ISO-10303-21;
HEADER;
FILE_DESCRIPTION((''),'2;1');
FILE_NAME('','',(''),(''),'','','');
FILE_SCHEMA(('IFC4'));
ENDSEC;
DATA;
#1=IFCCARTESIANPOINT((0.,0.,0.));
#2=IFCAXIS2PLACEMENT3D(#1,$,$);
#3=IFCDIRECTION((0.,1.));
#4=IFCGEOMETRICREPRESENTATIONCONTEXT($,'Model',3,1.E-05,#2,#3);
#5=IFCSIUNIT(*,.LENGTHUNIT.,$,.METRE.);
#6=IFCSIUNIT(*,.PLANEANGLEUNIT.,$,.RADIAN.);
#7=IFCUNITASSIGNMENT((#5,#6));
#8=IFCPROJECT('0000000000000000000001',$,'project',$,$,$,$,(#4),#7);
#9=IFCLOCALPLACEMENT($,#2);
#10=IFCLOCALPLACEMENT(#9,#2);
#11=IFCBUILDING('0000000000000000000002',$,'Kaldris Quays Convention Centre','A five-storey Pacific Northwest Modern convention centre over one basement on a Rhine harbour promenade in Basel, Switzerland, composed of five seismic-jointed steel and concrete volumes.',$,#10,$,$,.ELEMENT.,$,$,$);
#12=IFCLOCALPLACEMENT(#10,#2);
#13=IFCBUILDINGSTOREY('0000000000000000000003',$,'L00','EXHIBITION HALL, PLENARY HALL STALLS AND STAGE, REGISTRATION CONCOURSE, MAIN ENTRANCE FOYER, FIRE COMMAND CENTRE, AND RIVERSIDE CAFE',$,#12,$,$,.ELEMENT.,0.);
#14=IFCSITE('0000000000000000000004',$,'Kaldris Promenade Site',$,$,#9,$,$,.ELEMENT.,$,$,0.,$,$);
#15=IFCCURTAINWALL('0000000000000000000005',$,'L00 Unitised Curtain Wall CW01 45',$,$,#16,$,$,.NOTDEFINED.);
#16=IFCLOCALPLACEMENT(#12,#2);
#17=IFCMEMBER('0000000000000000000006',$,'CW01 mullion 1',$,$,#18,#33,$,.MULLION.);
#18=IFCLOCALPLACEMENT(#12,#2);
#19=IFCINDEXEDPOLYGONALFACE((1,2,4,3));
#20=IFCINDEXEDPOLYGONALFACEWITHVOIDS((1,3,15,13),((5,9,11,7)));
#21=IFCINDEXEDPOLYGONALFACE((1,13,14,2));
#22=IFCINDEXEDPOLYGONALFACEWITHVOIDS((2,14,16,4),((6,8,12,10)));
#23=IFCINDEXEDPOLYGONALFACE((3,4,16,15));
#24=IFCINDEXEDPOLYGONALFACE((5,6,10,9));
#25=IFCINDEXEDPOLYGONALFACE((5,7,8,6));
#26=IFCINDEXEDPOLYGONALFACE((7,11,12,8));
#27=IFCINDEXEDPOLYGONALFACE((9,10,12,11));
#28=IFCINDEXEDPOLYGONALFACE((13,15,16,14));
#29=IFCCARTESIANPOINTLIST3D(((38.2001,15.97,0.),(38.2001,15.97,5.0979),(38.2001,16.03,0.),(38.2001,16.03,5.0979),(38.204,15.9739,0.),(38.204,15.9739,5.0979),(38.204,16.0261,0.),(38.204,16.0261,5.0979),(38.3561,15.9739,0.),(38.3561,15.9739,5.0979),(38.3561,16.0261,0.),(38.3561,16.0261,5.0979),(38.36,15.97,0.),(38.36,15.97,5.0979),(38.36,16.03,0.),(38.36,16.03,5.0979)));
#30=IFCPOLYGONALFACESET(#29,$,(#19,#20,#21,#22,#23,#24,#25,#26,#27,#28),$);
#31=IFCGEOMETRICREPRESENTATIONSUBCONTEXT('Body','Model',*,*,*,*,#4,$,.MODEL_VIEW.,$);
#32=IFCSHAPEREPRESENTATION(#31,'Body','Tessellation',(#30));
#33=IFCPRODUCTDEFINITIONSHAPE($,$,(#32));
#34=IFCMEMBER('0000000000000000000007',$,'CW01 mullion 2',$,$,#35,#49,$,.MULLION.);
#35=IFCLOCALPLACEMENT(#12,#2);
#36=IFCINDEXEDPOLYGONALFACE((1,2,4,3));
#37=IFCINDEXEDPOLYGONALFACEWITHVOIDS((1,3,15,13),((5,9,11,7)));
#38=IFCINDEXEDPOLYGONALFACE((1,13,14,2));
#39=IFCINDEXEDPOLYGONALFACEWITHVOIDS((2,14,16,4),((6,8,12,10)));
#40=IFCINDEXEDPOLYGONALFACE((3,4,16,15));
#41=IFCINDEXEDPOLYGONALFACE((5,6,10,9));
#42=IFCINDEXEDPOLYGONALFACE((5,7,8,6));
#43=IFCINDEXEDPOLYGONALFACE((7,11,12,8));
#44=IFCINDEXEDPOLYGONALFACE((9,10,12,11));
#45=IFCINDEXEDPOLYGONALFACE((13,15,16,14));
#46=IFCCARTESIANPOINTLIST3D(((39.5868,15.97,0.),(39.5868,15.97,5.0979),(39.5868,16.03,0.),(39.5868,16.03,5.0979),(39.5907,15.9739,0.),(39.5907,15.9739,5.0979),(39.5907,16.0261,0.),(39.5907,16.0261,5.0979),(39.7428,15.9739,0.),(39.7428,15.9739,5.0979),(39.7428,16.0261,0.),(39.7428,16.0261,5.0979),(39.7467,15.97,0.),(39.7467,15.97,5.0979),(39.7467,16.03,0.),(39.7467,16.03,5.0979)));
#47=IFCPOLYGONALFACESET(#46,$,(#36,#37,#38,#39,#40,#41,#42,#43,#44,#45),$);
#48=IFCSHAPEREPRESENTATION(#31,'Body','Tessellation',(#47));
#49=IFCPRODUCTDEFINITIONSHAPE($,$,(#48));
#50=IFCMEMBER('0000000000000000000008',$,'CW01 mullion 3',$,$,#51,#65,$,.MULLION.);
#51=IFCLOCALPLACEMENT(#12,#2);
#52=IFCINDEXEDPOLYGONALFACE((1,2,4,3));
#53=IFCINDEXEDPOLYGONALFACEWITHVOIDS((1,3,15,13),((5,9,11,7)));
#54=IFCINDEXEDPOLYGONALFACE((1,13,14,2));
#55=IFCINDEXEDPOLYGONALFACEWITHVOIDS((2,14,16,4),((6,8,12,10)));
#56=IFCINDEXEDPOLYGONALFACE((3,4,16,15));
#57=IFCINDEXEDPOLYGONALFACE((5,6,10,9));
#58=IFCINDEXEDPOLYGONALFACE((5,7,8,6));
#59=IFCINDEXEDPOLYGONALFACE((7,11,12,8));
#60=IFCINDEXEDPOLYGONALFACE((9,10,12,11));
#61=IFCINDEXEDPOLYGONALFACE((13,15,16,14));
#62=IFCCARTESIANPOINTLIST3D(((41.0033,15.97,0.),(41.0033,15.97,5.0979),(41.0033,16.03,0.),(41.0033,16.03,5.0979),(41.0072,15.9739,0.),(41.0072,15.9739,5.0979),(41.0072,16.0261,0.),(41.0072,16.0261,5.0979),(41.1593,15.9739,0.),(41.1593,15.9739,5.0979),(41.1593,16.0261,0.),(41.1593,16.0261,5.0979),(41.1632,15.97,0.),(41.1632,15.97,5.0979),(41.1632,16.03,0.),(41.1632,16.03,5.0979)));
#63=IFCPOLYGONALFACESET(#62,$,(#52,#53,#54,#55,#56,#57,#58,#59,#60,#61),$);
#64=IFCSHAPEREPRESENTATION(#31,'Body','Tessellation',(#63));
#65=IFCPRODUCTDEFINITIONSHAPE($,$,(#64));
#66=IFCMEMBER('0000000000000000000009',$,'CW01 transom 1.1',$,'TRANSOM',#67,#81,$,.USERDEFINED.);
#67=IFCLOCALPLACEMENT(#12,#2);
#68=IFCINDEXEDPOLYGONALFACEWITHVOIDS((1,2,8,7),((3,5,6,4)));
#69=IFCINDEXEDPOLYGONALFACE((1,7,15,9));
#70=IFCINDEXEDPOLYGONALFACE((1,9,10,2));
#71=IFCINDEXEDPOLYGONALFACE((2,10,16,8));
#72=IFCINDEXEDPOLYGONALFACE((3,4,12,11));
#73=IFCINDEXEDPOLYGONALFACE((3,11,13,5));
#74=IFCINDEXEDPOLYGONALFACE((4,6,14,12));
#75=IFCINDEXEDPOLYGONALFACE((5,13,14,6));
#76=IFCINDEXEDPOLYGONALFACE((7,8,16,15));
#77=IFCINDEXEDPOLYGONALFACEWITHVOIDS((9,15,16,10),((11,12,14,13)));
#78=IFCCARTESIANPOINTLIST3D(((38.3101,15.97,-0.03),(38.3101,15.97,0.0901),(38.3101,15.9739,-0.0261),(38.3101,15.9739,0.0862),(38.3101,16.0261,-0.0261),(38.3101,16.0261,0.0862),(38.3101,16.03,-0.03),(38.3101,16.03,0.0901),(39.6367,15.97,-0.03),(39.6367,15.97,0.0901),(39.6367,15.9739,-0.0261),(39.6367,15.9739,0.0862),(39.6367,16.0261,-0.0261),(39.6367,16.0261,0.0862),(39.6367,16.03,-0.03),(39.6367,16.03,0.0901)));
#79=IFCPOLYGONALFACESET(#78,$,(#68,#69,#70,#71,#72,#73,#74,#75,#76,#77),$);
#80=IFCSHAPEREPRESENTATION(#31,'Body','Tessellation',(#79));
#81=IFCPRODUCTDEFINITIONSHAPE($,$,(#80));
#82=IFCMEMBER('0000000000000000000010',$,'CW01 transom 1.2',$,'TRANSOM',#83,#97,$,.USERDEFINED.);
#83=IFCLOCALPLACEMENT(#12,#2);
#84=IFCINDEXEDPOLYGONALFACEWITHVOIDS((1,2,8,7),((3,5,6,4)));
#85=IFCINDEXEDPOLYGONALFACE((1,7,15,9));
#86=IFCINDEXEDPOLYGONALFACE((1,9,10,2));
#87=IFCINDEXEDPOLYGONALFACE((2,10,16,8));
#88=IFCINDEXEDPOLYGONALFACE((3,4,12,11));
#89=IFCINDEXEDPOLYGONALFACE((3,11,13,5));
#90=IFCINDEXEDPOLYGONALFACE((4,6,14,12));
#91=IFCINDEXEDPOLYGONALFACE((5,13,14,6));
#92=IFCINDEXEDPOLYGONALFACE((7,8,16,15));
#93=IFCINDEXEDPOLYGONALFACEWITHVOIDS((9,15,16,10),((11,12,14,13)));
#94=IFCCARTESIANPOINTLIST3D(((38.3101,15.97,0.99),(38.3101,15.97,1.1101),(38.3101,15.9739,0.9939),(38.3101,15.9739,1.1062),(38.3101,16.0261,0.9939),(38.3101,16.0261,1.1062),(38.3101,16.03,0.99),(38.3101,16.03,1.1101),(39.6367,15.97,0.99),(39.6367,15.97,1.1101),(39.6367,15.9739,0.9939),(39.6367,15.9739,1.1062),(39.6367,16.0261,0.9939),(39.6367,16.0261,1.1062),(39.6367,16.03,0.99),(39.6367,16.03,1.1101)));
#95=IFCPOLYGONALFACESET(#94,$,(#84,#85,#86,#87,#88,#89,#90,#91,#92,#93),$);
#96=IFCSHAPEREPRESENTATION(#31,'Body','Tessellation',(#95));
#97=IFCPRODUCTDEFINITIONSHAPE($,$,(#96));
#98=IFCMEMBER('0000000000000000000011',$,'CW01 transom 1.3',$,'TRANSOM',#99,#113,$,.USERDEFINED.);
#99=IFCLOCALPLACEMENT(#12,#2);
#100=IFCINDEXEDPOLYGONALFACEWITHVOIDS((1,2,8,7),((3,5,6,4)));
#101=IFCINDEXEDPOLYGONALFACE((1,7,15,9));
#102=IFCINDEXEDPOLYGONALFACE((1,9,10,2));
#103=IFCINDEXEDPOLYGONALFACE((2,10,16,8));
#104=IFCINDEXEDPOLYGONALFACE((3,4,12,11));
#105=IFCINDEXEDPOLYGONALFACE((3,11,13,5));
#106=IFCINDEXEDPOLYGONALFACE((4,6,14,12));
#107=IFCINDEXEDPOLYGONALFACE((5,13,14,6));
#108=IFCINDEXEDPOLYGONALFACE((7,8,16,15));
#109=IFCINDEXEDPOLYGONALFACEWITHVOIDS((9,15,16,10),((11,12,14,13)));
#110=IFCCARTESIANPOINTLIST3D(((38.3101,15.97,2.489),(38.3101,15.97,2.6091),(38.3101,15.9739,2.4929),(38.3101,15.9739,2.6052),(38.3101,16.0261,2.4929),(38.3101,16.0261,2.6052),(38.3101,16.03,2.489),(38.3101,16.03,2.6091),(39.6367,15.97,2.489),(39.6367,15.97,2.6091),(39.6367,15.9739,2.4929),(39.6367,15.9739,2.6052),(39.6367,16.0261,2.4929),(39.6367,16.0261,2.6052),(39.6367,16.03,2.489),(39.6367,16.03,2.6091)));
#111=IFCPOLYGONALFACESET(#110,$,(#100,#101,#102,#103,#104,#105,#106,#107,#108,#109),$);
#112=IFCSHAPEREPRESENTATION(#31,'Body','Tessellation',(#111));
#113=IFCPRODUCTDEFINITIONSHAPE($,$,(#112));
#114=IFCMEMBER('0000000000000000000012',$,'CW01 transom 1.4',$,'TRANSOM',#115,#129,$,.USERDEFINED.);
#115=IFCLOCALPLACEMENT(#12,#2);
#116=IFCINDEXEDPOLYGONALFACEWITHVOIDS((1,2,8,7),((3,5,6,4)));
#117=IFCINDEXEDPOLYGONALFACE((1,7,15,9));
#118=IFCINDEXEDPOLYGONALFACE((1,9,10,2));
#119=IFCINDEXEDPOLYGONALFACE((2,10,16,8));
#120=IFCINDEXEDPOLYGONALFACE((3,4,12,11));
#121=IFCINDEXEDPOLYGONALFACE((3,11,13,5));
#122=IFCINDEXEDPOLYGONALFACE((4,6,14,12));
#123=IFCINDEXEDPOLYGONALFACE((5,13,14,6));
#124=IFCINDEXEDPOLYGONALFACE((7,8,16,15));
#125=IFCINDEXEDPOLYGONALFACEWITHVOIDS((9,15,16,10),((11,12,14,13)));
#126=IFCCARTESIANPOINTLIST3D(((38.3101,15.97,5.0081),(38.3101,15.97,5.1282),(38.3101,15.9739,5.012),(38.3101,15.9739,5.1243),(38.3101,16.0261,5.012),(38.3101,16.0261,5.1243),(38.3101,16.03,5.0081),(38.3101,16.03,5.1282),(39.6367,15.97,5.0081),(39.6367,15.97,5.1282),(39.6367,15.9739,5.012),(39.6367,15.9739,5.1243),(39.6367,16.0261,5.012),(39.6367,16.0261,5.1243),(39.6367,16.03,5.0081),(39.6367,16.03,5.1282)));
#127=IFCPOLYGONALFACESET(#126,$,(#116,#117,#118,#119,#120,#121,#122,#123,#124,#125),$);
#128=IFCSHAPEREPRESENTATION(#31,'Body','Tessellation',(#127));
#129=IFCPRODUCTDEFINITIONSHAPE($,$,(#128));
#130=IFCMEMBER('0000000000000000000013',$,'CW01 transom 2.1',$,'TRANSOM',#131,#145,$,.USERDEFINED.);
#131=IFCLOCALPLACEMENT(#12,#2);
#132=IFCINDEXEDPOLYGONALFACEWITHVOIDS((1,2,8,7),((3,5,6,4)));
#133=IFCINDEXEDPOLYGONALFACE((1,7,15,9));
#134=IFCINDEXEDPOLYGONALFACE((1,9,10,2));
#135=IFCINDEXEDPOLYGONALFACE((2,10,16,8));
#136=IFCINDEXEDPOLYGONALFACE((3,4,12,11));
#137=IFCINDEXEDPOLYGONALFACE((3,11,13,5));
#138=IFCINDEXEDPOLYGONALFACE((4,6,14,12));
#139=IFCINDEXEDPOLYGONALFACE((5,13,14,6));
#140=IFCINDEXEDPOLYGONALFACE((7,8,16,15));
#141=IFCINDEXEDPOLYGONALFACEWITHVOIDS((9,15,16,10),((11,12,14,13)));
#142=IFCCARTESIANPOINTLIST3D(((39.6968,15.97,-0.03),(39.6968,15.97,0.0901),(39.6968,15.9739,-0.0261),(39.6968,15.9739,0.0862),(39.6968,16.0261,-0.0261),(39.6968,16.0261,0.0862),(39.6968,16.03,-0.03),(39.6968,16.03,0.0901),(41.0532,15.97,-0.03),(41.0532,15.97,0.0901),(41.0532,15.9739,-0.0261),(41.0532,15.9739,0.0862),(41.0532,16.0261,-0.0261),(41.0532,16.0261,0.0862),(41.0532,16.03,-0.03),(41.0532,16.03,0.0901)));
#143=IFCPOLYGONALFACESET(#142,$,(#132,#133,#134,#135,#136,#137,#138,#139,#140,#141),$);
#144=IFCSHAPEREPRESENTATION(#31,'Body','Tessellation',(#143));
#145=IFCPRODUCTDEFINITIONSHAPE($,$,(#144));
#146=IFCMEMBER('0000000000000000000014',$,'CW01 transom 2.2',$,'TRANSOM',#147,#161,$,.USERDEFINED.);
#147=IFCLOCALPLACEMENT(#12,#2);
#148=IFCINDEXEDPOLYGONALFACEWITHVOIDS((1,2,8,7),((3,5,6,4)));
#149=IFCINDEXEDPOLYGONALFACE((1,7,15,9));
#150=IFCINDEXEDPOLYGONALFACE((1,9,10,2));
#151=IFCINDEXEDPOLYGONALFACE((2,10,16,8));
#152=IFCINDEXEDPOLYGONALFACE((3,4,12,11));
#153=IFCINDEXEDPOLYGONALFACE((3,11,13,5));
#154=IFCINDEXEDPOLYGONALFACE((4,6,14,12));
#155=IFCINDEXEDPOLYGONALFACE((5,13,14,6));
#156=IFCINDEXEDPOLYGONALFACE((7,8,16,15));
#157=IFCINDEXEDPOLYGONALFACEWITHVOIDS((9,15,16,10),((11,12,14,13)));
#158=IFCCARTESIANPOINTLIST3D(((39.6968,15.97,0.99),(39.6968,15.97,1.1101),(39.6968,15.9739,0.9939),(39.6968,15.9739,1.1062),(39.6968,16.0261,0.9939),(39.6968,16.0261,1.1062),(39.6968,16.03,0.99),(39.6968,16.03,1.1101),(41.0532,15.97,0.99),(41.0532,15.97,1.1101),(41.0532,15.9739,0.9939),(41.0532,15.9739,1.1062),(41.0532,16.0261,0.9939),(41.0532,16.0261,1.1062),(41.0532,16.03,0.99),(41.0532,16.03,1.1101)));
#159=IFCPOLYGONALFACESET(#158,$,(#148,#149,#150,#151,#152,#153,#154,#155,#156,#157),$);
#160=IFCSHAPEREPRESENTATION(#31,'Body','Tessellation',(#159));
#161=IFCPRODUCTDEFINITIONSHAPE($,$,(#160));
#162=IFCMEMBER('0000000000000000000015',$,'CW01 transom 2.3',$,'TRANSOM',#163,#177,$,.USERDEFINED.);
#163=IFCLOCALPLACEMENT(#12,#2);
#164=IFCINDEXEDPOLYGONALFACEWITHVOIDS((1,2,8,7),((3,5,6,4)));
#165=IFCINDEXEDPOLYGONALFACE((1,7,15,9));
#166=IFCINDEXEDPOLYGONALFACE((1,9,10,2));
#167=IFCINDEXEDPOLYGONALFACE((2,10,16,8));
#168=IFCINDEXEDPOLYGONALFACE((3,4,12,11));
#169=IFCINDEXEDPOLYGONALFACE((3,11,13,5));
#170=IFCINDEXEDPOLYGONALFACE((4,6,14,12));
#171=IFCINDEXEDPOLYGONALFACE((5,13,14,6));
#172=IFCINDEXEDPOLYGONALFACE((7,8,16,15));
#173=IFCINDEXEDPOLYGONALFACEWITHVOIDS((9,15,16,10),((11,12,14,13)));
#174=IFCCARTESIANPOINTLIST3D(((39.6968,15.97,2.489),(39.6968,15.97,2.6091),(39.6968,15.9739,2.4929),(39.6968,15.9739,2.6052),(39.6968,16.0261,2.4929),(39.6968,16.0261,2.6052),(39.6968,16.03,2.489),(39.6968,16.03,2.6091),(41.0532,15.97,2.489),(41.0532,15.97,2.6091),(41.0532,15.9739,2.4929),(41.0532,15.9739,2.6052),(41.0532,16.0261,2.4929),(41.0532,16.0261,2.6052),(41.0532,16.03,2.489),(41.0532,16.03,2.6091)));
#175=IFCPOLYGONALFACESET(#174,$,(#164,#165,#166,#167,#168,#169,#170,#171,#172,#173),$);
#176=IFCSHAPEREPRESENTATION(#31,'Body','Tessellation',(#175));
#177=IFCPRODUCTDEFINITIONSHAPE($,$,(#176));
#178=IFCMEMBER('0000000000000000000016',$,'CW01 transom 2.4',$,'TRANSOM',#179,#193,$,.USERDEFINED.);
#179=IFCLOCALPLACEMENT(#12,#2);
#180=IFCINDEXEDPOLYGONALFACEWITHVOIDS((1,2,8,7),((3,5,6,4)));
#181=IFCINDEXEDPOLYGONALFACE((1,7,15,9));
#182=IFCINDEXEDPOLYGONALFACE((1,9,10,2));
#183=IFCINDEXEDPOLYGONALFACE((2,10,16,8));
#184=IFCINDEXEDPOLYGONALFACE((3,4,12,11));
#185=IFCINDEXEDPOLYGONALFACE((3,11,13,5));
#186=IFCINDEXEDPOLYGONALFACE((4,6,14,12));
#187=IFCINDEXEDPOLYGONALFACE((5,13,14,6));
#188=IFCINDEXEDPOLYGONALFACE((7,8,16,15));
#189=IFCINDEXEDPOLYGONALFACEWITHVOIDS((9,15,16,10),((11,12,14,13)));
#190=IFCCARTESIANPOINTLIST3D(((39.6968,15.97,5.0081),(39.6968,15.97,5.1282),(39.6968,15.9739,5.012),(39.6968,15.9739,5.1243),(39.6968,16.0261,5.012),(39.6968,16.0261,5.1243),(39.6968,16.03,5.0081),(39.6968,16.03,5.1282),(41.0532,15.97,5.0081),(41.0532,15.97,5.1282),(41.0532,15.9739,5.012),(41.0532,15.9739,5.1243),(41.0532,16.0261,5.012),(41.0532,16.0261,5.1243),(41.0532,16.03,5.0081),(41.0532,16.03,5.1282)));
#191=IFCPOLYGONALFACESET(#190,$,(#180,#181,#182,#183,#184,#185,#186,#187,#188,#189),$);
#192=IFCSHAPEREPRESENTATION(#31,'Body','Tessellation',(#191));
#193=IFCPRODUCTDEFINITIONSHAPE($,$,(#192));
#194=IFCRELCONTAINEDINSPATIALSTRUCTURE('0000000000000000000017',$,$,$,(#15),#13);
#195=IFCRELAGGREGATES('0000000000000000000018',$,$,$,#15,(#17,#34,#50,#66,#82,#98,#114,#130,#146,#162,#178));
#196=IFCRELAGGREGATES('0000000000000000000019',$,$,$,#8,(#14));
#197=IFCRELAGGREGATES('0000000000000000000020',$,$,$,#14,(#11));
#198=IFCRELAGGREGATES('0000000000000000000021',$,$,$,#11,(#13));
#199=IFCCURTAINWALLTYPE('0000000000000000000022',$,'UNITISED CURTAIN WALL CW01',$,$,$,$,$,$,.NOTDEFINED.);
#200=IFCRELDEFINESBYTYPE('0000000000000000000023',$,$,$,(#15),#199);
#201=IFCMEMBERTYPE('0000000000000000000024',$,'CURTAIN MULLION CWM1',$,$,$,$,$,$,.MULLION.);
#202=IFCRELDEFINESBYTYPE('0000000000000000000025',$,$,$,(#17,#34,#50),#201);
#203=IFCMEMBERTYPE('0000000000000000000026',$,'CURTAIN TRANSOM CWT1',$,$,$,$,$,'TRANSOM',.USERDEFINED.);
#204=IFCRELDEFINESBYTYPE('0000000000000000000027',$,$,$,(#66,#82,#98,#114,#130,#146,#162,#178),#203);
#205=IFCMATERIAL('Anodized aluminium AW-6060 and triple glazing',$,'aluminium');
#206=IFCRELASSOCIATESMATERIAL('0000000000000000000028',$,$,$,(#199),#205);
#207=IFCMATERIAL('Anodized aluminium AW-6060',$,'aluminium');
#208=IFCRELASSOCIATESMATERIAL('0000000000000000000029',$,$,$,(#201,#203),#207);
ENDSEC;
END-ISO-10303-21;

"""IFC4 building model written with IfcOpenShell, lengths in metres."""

from ifc_helpers import new_model, si_unit, direction, frame, origin, origin_2d, place, context, subcontext, project, spatial, hollow_rectangle, extrude, material, material_profile, profile_set, type_object, element, aggregate, save


model = new_model("IFC4")

# Units and contexts
model_context = context("Model", 3, precision=1e-05, world=origin(), true_north=direction((0.0, 1.0)))
body_context = subcontext(model_context, "Body", "Model", "MODEL_VIEW")
ifc_project = project(units=[si_unit("LENGTHUNIT", "METRE"), si_unit("PLANEANGLEUNIT", "RADIAN")], contexts=[model_context])

# Site, building, storey
site_placement = place(None, origin())
site = spatial("IfcSite", under=ifc_project, at=site_placement, Name="Kaldris Promenade Site", CompositionType="ELEMENT", RefElevation=0.0)
building_placement = place(site_placement, origin())
building = spatial("IfcBuilding", under=site, at=building_placement, Name="Kaldris Quays Convention Centre", Description="A five-storey Pacific Northwest Modern convention centre over one basement on a Rhine harbour promenade in Basel, Switzerland, composed of five seismic-jointed steel and concrete volumes.", CompositionType="ELEMENT")
storey_placement = place(building_placement, origin())
storey = spatial("IfcBuildingStorey", under=building, at=storey_placement, Name="L00", Description="EXHIBITION HALL, PLENARY HALL STALLS AND STAGE, REGISTRATION CONCOURSE, MAIN ENTRANCE FOYER, FIRE COMMAND CENTRE, AND RIVERSIDE CAFE", CompositionType="ELEMENT", Elevation=0.0)

# Curtain wall, members
ifc_material_1 = material(Name="Anodized aluminium AW-6060 and triple glazing", Category="aluminium")
curtain_wall_type = type_object("IfcCurtainWallType", Name="UNITISED CURTAIN WALL CW01", PredefinedType="NOTDEFINED", material=ifc_material_1)
curtain_wall_placement = place(storey_placement, origin())
curtain_wall = element("IfcCurtainWall", 1, at=curtain_wall_placement, inside=storey, type_object=curtain_wall_type, Name="L00 Unitised Curtain Wall CW01 45", PredefinedType="NOTDEFINED")
ifc_material_2 = material(Name="Anodized aluminium AW-6060", Category="aluminium")
ifc_material_profile_1 = material_profile(ifc_material_2, hollow_rectangle(XDim=0.0601, YDim=0.1599, WallThickness=0.0039, at=origin_2d()), Name="RHS 160x60x4")
ifc_profile_set_1 = profile_set([ifc_material_profile_1], Name="Anodized aluminium AW-6060")
member_type_1 = type_object("IfcMemberType", Name="CURTAIN MULLION CWM1", PredefinedType="MULLION", material=ifc_profile_set_1)
member_1_placement = place(storey_placement, frame((38.28, 16.0, 0.0), z_axis=(0.0, 0.0, 1.0), x_axis=(0.0, 1.0, 0.0)))
member_1 = element("IfcMember", 2, at=member_1_placement, type_object=member_type_1, Name="CW01 mullion 1", PredefinedType="MULLION", context=body_context, shape_type="SweptSolid", body=[
    extrude(hollow_rectangle(XDim=0.0601, YDim=0.1599, WallThickness=0.0039, at=origin_2d()), origin(), (0.0, 0.0, 1.0), 5.0979),
])
member_2_placement = place(storey_placement, frame((39.6667, 16.0, 0.0), z_axis=(0.0, 0.0, 1.0), x_axis=(0.0, 1.0, 0.0)))
member_2 = element("IfcMember", 3, at=member_2_placement, type_object=member_type_1, Name="CW01 mullion 2", PredefinedType="MULLION", context=body_context, shape_type="SweptSolid", body=[
    extrude(hollow_rectangle(XDim=0.0601, YDim=0.1599, WallThickness=0.0039, at=origin_2d()), origin(), (0.0, 0.0, 1.0), 5.0979),
])
member_3_placement = place(storey_placement, frame((41.0833, 16.0, 0.0), z_axis=(0.0, 0.0, 1.0), x_axis=(0.0, 1.0, 0.0)))
member_3 = element("IfcMember", 4, at=member_3_placement, type_object=member_type_1, Name="CW01 mullion 3", PredefinedType="MULLION", context=body_context, shape_type="SweptSolid", body=[
    extrude(hollow_rectangle(XDim=0.0601, YDim=0.1599, WallThickness=0.0039, at=origin_2d()), origin(), (0.0, 0.0, 1.0), 5.0979),
])
ifc_material_profile_2 = material_profile(ifc_material_2, hollow_rectangle(XDim=0.0601, YDim=0.1201, WallThickness=0.0039, at=origin_2d()), Name="RHS 120x60x4")
ifc_profile_set_2 = profile_set([ifc_material_profile_2], Name="Anodized aluminium AW-6060")
member_type_2 = type_object("IfcMemberType", Name="CURTAIN TRANSOM CWT1", ElementType="TRANSOM", PredefinedType="USERDEFINED", material=ifc_profile_set_2)
member_4_placement = place(storey_placement, frame((38.3101, 16.0, 0.03), z_axis=(1.0, 0.0, 0.0), x_axis=(0.0, 1.0, 0.0)))
member_4 = element("IfcMember", 5, at=member_4_placement, type_object=member_type_2, Name="CW01 transom 1.1", ObjectType="TRANSOM", PredefinedType="USERDEFINED", context=body_context, shape_type="SweptSolid", body=[
    extrude(hollow_rectangle(XDim=0.0601, YDim=0.1201, WallThickness=0.0039, at=origin_2d()), origin(), (0.0, 0.0, 1.0), 1.3267),
])
member_5_placement = place(storey_placement, frame((38.3101, 16.0, 1.05), z_axis=(1.0, 0.0, 0.0), x_axis=(0.0, 1.0, 0.0)))
member_5 = element("IfcMember", 6, at=member_5_placement, type_object=member_type_2, Name="CW01 transom 1.2", ObjectType="TRANSOM", PredefinedType="USERDEFINED", context=body_context, shape_type="SweptSolid", body=[
    extrude(hollow_rectangle(XDim=0.0601, YDim=0.1201, WallThickness=0.0039, at=origin_2d()), origin(), (0.0, 0.0, 1.0), 1.3267),
])
member_6_placement = place(storey_placement, frame((38.3101, 16.0, 2.5491), z_axis=(1.0, 0.0, 0.0), x_axis=(0.0, 1.0, 0.0)))
member_6 = element("IfcMember", 7, at=member_6_placement, type_object=member_type_2, Name="CW01 transom 1.3", ObjectType="TRANSOM", PredefinedType="USERDEFINED", context=body_context, shape_type="SweptSolid", body=[
    extrude(hollow_rectangle(XDim=0.0601, YDim=0.1201, WallThickness=0.0039, at=origin_2d()), origin(), (0.0, 0.0, 1.0), 1.3267),
])
member_7_placement = place(storey_placement, frame((38.3101, 16.0, 5.0681), z_axis=(1.0, 0.0, 0.0), x_axis=(0.0, 1.0, 0.0)))
member_7 = element("IfcMember", 8, at=member_7_placement, type_object=member_type_2, Name="CW01 transom 1.4", ObjectType="TRANSOM", PredefinedType="USERDEFINED", context=body_context, shape_type="SweptSolid", body=[
    extrude(hollow_rectangle(XDim=0.0601, YDim=0.1201, WallThickness=0.0039, at=origin_2d()), origin(), (0.0, 0.0, 1.0), 1.3267),
])
member_8_placement = place(storey_placement, frame((39.6968, 16.0, 0.03), z_axis=(1.0, 0.0, 0.0), x_axis=(0.0, 1.0, 0.0)))
member_8 = element("IfcMember", 9, at=member_8_placement, type_object=member_type_2, Name="CW01 transom 2.1", ObjectType="TRANSOM", PredefinedType="USERDEFINED", context=body_context, shape_type="SweptSolid", body=[
    extrude(hollow_rectangle(XDim=0.0601, YDim=0.1201, WallThickness=0.0039, at=origin_2d()), origin(), (0.0, 0.0, 1.0), 1.3564),
])
member_9_placement = place(storey_placement, frame((39.6968, 16.0, 1.05), z_axis=(1.0, 0.0, 0.0), x_axis=(0.0, 1.0, 0.0)))
member_9 = element("IfcMember", 10, at=member_9_placement, type_object=member_type_2, Name="CW01 transom 2.2", ObjectType="TRANSOM", PredefinedType="USERDEFINED", context=body_context, shape_type="SweptSolid", body=[
    extrude(hollow_rectangle(XDim=0.0601, YDim=0.1201, WallThickness=0.0039, at=origin_2d()), origin(), (0.0, 0.0, 1.0), 1.3564),
])
member_10_placement = place(storey_placement, frame((39.6968, 16.0, 2.5491), z_axis=(1.0, 0.0, 0.0), x_axis=(0.0, 1.0, 0.0)))
member_10 = element("IfcMember", 11, at=member_10_placement, type_object=member_type_2, Name="CW01 transom 2.3", ObjectType="TRANSOM", PredefinedType="USERDEFINED", context=body_context, shape_type="SweptSolid", body=[
    extrude(hollow_rectangle(XDim=0.0601, YDim=0.1201, WallThickness=0.0039, at=origin_2d()), origin(), (0.0, 0.0, 1.0), 1.3564),
])
member_11_placement = place(storey_placement, frame((39.6968, 16.0, 5.0681), z_axis=(1.0, 0.0, 0.0), x_axis=(0.0, 1.0, 0.0)))
member_11 = element("IfcMember", 12, at=member_11_placement, type_object=member_type_2, Name="CW01 transom 2.4", ObjectType="TRANSOM", PredefinedType="USERDEFINED", context=body_context, shape_type="SweptSolid", body=[
    extrude(hollow_rectangle(XDim=0.0601, YDim=0.1201, WallThickness=0.0039, at=origin_2d()), origin(), (0.0, 0.0, 1.0), 1.3564),
])

aggregate(curtain_wall, [member_1, member_2, member_3, member_4, member_5, member_6, member_7, member_8, member_9, member_10, member_11])

save(model, "model.ifc")
